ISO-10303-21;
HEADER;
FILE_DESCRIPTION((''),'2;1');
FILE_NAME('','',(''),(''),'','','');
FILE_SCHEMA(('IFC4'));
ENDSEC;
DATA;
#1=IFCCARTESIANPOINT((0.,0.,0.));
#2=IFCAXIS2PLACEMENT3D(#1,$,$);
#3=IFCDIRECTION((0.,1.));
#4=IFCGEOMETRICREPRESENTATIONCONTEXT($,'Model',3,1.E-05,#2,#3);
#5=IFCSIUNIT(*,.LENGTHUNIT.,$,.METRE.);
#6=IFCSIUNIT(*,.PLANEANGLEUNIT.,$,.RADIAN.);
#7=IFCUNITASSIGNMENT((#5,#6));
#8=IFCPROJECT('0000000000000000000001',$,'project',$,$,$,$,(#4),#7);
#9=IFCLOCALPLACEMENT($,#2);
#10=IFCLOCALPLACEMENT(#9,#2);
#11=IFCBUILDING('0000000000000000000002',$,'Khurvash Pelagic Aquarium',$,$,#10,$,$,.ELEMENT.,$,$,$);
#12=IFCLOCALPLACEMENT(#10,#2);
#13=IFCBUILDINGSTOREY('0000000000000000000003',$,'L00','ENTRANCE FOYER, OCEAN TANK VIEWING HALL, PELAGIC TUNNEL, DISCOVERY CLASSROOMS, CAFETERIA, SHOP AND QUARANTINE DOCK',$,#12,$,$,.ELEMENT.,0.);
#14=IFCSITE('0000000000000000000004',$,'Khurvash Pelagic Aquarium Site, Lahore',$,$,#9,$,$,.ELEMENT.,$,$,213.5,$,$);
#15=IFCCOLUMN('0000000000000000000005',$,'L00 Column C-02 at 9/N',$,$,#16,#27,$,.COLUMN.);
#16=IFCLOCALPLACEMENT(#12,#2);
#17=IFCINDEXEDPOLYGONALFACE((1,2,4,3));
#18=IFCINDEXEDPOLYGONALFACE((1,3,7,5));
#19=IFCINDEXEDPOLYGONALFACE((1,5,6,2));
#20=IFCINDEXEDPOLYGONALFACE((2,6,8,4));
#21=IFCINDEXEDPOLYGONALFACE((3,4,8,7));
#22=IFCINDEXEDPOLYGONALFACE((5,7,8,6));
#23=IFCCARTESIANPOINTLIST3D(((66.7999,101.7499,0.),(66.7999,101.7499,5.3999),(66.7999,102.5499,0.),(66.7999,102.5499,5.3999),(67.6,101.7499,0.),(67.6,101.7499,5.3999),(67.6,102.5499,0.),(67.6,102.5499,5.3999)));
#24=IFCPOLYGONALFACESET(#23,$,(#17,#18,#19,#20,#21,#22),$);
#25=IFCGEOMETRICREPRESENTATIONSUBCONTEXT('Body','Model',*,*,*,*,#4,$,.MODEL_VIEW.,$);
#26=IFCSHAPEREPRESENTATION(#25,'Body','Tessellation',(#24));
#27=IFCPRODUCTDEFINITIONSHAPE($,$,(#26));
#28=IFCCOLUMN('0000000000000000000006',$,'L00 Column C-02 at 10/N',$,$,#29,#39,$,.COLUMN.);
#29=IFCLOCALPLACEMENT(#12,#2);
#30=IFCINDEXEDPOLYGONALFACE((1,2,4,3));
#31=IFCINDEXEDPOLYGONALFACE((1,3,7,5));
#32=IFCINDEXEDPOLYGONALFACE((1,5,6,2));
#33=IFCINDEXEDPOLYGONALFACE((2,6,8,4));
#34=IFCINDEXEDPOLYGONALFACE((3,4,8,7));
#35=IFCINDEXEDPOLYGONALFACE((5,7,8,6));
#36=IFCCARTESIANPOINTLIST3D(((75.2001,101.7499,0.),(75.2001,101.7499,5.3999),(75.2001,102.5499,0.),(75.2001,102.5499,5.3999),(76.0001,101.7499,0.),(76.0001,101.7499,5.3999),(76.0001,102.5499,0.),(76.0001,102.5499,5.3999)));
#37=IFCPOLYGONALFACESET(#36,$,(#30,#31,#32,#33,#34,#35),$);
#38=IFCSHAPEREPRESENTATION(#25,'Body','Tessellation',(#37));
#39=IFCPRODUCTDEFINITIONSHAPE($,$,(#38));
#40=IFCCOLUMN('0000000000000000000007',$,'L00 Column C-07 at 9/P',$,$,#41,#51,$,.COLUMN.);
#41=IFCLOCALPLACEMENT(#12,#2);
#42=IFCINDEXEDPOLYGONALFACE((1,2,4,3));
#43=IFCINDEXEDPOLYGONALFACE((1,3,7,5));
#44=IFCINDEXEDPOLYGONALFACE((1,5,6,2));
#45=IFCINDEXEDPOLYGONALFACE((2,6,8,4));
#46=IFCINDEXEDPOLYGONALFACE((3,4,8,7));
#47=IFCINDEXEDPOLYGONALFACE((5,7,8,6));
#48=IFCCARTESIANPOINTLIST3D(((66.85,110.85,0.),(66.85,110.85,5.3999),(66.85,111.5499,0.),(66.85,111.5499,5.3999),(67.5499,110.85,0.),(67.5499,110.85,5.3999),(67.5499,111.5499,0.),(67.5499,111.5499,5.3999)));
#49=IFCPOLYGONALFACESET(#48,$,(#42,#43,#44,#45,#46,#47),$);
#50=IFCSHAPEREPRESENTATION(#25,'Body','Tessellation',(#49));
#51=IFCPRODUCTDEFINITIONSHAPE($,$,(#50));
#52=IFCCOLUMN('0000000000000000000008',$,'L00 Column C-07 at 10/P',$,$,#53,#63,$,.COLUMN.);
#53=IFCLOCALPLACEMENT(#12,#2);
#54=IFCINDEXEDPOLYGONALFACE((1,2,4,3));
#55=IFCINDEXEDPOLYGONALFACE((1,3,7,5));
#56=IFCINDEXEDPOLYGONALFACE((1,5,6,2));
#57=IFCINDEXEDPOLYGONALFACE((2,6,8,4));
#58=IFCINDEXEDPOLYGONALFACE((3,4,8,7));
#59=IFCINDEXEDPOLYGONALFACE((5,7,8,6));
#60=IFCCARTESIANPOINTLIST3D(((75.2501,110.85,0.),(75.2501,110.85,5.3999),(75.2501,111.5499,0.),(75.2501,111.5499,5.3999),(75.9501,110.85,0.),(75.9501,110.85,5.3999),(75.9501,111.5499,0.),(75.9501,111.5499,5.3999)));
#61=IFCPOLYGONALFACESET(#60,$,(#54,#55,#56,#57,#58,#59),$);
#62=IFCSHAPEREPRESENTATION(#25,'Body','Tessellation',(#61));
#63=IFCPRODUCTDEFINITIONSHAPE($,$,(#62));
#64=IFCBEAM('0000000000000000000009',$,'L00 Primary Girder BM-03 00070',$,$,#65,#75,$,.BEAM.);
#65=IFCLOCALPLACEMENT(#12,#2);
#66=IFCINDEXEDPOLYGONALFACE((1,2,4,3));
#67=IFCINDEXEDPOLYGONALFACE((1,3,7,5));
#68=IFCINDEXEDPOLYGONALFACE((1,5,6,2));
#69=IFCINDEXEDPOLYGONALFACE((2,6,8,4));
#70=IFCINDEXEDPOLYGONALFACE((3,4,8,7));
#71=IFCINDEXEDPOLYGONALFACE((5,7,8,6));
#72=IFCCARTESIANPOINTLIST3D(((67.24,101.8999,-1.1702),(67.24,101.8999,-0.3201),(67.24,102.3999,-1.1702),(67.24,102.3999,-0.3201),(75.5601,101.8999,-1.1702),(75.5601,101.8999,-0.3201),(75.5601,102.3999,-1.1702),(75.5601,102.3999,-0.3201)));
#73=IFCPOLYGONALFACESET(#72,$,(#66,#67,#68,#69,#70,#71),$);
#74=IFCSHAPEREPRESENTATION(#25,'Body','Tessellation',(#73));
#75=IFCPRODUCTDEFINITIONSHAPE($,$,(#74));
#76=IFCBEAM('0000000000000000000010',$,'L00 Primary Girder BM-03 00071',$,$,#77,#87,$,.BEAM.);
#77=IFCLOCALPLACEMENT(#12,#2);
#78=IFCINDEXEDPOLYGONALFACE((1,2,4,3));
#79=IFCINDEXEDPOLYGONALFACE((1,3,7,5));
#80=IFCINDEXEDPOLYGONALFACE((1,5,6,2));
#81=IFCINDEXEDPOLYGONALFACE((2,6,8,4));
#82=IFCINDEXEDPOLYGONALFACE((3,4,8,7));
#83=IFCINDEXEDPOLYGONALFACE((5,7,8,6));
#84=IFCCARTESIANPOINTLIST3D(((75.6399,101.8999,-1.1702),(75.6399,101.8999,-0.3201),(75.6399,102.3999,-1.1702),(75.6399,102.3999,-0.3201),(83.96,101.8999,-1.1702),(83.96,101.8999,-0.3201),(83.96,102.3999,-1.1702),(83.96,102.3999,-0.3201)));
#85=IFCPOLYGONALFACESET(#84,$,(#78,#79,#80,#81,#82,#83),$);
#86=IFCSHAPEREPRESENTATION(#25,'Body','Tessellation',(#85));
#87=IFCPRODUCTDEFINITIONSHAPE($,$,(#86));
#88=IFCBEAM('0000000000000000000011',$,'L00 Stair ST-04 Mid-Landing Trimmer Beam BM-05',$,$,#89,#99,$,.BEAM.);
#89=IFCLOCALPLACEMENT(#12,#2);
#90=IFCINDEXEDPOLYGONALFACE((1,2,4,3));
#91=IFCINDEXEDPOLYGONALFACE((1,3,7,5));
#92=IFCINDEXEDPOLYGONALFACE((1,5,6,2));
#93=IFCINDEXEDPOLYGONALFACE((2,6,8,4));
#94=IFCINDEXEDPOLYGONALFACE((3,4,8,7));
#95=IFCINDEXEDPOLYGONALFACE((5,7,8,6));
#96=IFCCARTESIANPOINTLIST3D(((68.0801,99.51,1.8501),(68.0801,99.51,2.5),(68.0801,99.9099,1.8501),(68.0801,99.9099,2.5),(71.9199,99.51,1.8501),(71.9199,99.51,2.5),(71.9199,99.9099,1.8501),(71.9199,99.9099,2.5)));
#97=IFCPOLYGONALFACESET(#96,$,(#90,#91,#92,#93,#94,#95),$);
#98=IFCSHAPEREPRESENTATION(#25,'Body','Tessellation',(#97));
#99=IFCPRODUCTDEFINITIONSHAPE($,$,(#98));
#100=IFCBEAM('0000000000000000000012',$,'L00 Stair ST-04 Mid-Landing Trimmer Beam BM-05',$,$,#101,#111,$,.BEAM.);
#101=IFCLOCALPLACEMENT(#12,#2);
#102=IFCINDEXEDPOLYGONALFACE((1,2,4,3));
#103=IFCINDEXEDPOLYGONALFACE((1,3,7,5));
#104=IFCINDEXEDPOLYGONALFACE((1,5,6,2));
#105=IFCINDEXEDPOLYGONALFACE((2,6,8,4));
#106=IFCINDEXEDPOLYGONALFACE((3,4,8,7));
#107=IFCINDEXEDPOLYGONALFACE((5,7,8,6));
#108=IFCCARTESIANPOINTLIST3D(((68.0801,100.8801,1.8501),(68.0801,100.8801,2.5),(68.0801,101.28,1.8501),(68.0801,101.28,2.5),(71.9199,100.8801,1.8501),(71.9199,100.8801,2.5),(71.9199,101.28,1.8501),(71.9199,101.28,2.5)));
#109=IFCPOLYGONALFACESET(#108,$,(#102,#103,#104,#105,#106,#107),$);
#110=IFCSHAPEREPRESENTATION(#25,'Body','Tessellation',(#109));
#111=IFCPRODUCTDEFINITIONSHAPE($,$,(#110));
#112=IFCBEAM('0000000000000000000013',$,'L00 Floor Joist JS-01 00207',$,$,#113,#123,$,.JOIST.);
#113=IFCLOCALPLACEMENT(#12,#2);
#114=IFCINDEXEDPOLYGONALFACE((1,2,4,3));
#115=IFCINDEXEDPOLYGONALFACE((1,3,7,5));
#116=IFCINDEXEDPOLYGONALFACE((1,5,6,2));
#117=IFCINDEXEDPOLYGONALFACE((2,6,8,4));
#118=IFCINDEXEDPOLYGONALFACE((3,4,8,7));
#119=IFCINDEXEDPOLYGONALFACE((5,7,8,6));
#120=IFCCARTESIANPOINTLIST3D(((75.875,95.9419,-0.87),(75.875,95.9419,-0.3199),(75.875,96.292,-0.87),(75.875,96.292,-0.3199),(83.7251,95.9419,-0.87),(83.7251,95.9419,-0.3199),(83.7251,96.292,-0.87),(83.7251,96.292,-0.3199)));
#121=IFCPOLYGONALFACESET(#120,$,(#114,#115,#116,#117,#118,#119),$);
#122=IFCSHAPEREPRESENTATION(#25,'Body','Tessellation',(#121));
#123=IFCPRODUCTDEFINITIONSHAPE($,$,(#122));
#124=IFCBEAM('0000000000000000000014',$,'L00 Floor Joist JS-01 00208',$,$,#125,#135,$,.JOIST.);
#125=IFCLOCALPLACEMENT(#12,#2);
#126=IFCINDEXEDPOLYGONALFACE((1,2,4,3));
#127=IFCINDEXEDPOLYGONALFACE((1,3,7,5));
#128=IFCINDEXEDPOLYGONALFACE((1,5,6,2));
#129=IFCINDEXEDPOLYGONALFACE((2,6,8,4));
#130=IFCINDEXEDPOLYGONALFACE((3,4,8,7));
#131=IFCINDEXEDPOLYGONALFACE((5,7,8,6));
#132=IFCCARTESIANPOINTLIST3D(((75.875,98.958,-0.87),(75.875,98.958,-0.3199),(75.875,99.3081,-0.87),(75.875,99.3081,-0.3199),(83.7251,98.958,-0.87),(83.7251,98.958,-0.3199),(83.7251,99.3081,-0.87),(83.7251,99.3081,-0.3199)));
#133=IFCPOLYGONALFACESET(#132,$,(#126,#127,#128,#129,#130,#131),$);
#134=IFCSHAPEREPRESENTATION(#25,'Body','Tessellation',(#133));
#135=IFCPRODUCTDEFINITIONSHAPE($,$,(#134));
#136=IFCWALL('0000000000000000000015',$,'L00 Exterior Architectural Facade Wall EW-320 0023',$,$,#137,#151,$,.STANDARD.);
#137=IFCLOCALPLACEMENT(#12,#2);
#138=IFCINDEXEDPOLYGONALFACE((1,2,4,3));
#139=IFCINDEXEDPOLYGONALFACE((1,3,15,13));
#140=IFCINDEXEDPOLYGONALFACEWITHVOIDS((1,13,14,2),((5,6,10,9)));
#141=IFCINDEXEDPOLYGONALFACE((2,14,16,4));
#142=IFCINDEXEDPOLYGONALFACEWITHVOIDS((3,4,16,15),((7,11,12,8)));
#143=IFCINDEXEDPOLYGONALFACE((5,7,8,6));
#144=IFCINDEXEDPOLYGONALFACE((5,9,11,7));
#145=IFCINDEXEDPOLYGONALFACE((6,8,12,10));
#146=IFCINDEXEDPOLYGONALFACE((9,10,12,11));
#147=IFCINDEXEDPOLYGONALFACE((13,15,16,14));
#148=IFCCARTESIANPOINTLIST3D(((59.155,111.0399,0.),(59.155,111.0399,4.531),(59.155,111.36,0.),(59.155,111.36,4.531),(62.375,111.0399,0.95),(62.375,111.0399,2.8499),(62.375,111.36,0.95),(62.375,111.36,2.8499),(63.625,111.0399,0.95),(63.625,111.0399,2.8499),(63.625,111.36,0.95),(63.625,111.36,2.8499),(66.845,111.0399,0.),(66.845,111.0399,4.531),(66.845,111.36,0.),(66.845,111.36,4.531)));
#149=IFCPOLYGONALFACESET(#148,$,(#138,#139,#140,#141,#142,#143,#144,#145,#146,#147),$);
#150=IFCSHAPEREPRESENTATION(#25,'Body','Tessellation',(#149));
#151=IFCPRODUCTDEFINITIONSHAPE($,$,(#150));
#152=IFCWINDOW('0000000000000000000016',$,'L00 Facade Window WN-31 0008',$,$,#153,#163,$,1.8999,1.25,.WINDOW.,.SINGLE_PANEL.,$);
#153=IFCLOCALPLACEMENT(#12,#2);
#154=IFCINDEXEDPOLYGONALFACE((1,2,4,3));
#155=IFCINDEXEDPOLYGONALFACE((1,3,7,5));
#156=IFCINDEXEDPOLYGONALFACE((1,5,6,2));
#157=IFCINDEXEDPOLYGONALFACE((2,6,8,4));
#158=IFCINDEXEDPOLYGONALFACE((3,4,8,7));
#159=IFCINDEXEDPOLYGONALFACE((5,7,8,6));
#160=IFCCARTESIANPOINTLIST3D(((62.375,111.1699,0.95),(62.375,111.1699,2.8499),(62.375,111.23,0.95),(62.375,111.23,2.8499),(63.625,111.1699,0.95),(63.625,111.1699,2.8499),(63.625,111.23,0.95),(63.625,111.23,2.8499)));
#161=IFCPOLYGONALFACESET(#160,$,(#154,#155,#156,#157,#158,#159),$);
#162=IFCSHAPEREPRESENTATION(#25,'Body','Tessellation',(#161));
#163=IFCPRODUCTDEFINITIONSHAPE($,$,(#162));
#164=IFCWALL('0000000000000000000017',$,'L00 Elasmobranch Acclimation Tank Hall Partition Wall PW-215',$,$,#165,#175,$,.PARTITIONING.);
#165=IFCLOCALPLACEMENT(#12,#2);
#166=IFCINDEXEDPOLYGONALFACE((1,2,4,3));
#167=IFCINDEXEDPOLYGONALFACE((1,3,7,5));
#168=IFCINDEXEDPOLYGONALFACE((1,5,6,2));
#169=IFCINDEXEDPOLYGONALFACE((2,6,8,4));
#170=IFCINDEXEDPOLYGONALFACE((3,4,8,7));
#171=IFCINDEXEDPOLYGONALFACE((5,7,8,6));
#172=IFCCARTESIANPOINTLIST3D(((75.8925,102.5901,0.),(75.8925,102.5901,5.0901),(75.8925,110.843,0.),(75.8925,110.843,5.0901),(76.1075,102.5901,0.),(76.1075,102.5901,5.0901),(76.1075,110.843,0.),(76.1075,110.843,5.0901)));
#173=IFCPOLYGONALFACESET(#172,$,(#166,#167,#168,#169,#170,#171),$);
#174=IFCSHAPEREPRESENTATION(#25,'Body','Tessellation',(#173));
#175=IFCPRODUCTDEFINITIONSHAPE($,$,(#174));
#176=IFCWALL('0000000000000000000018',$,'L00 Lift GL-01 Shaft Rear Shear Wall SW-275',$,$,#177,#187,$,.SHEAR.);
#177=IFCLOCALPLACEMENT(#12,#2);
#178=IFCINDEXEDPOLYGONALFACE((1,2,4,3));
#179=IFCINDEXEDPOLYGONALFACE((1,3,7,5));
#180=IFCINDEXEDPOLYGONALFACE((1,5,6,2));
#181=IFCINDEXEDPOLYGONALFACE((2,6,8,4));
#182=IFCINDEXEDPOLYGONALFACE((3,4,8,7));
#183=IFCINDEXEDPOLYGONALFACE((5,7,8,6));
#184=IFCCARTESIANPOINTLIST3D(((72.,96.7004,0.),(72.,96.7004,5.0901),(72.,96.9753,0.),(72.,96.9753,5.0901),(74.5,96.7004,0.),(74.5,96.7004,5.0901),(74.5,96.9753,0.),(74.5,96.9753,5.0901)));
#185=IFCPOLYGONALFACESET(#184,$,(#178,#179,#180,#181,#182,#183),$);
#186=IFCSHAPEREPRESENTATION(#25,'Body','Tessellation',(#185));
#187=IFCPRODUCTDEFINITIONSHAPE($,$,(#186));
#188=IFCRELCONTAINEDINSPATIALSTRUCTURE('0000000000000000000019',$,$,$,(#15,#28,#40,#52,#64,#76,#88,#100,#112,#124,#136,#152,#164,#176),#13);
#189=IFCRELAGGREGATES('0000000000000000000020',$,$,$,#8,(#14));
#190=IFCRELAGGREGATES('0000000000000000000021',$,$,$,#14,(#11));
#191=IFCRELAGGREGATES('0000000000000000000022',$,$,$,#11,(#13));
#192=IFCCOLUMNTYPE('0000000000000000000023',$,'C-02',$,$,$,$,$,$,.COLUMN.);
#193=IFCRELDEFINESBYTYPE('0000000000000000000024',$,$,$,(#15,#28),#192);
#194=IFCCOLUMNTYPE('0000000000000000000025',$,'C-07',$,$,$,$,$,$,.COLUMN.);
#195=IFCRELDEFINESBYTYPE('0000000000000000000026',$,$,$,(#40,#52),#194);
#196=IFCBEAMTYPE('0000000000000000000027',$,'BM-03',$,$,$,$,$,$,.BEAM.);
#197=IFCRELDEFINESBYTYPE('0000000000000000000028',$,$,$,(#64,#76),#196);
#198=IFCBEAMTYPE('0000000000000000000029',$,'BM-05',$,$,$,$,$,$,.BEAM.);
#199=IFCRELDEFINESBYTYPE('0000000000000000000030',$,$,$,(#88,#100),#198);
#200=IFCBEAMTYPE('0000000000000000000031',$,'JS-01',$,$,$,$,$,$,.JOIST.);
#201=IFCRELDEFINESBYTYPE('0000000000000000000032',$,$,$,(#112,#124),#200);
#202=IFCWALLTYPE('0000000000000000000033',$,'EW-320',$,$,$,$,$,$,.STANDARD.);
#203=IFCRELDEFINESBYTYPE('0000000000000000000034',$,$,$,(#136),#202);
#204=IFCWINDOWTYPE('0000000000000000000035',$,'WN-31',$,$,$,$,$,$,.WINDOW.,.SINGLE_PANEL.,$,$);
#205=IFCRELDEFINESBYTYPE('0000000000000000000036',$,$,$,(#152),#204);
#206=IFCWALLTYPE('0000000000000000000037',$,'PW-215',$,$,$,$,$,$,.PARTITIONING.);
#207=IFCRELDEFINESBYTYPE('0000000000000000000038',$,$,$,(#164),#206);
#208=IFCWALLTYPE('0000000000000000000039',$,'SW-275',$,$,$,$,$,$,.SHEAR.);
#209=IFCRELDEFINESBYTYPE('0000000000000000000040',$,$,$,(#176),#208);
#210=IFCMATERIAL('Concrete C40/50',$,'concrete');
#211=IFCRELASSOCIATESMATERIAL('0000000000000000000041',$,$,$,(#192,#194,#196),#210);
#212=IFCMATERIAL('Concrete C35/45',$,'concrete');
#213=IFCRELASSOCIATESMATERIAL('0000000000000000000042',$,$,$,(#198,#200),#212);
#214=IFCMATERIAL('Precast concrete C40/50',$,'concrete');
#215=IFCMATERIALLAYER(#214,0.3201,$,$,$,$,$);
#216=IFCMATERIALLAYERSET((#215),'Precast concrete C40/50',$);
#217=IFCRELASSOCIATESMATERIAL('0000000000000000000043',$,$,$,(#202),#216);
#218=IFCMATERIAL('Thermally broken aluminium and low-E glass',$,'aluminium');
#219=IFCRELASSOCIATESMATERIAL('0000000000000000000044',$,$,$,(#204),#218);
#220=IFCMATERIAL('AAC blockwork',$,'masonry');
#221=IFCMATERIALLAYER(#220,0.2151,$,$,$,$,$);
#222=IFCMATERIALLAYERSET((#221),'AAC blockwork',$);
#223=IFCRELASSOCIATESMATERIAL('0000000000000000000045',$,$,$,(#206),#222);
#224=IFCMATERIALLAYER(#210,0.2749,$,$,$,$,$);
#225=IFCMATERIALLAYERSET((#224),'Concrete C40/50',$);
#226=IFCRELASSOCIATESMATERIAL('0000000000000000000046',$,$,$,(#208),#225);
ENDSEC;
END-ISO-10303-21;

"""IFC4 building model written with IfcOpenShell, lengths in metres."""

from ifc_helpers import new_model, si_unit, direction, frame, frame_2d, origin, origin_2d, place, context, subcontext, project, spatial, rectangle, extrude, material, layer, layer_set, material_profile, profile_set, type_object, element, fill, save


model = new_model("IFC4")

# Units and contexts
model_context = context("Model", 3, precision=1e-05, world=origin(), true_north=direction((0.0, 1.0)))
body_context = subcontext(model_context, "Body", "Model", "MODEL_VIEW")
ifc_project = project(units=[si_unit("LENGTHUNIT", "METRE"), si_unit("PLANEANGLEUNIT", "RADIAN")], contexts=[model_context])

# Site, building, storey
site_placement = place(None, origin())
site = spatial("IfcSite", under=ifc_project, at=site_placement, Name="Khurvash Pelagic Aquarium Site, Lahore", CompositionType="ELEMENT", RefElevation=213.5)
building_placement = place(site_placement, origin())
building = spatial("IfcBuilding", under=site, at=building_placement, Name="Khurvash Pelagic Aquarium", CompositionType="ELEMENT")
storey_placement = place(building_placement, origin())
storey = spatial("IfcBuildingStorey", under=building, at=storey_placement, Name="L00", Description="ENTRANCE FOYER, OCEAN TANK VIEWING HALL, PELAGIC TUNNEL, DISCOVERY CLASSROOMS, CAFETERIA, SHOP AND QUARANTINE DOCK", CompositionType="ELEMENT", Elevation=0.0)

# Columns
ifc_material_1 = material(Name="Concrete C40/50", Category="concrete")
ifc_material_profile_1 = material_profile(ifc_material_1, rectangle(XDim=0.8, YDim=0.8, at=origin_2d()), Name="RC800X800")
ifc_profile_set_1 = profile_set([ifc_material_profile_1], Name="Concrete C40/50")
column_type_1 = type_object("IfcColumnType", Name="C-02", PredefinedType="COLUMN", material=ifc_profile_set_1)
for number, where, z_axis, x_axis, name in (
    (1, (67.2, 102.1499, 0.0), (0.0, 0.0, 1.0), (1.0, 0.0, 0.0), "L00 Column C-02 at 9/N"),
    (2, (75.6001, 102.1499, 0.0), (0.0, 0.0, 1.0), (1.0, 0.0, 0.0), "L00 Column C-02 at 10/N"),
):
    element("IfcColumn", number, at=place(storey_placement, frame(where, z_axis=z_axis, x_axis=x_axis)), inside=storey, type_object=column_type_1, Name=name, PredefinedType="COLUMN", context=body_context, shape_type="SweptSolid", body=[
        extrude(rectangle(XDim=0.8, YDim=0.8, at=origin_2d()), origin(), (0.0, 0.0, 1.0), 5.3999),
    ])
ifc_material_profile_2 = material_profile(ifc_material_1, rectangle(XDim=0.7, YDim=0.7, at=origin_2d()), Name="RC700X700")
ifc_profile_set_2 = profile_set([ifc_material_profile_2], Name="Concrete C40/50")
column_type_2 = type_object("IfcColumnType", Name="C-07", PredefinedType="COLUMN", material=ifc_profile_set_2)
for number, where, z_axis, x_axis, name in (
    (3, (67.2, 111.2, 0.0), (0.0, 0.0, 1.0), (1.0, 0.0, 0.0), "L00 Column C-07 at 9/P"),
    (4, (75.6001, 111.2, 0.0), (0.0, 0.0, 1.0), (1.0, 0.0, 0.0), "L00 Column C-07 at 10/P"),
):
    element("IfcColumn", number, at=place(storey_placement, frame(where, z_axis=z_axis, x_axis=x_axis)), inside=storey, type_object=column_type_2, Name=name, PredefinedType="COLUMN", context=body_context, shape_type="SweptSolid", body=[
        extrude(rectangle(XDim=0.7, YDim=0.7, at=origin_2d()), origin(), (0.0, 0.0, 1.0), 5.3999),
    ])

# Beams
ifc_material_profile_3 = material_profile(ifc_material_1, rectangle(XDim=0.5, YDim=0.8501, at=origin_2d()), Name="RC500X850")
ifc_profile_set_3 = profile_set([ifc_material_profile_3], Name="Concrete C40/50")
beam_type_1 = type_object("IfcBeamType", Name="BM-03", PredefinedType="BEAM", material=ifc_profile_set_3)
for number, where, z_axis, x_axis, name in (
    (5, (67.24, 102.1499, -0.7451), (1.0, 0.0, 0.0), (0.0, 1.0, 0.0), "L00 Primary Girder BM-03 00070"),
    (6, (75.6399, 102.1499, -0.7451), (1.0, 0.0, 0.0), (0.0, 1.0, 0.0), "L00 Primary Girder BM-03 00071"),
):
    element("IfcBeam", number, at=place(storey_placement, frame(where, z_axis=z_axis, x_axis=x_axis)), inside=storey, type_object=beam_type_1, Name=name, PredefinedType="BEAM", context=body_context, shape_type="SweptSolid", body=[
        extrude(rectangle(XDim=0.5, YDim=0.8501, at=origin_2d()), origin(), (0.0, 0.0, 1.0), 8.3201),
    ])
ifc_material_2 = material(Name="Concrete C35/45", Category="concrete")
ifc_material_profile_4 = material_profile(ifc_material_2, rectangle(XDim=0.3999, YDim=0.6499, at=origin_2d()), Name="RC400X650")
ifc_profile_set_4 = profile_set([ifc_material_profile_4], Name="Concrete C35/45")
beam_type_2 = type_object("IfcBeamType", Name="BM-05", PredefinedType="BEAM", material=ifc_profile_set_4)
for number, where, z_axis, x_axis, name in (
    (7, (68.0801, 99.71, 2.175), (1.0, 0.0, 0.0), (0.0, 1.0, 0.0), "L00 Stair ST-04 Mid-Landing Trimmer Beam BM-05"),
    (8, (68.0801, 101.0801, 2.175), (1.0, 0.0, 0.0), (0.0, 1.0, 0.0), "L00 Stair ST-04 Mid-Landing Trimmer Beam BM-05"),
):
    element("IfcBeam", number, at=place(storey_placement, frame(where, z_axis=z_axis, x_axis=x_axis)), inside=storey, type_object=beam_type_2, Name=name, PredefinedType="BEAM", context=body_context, shape_type="SweptSolid", body=[
        extrude(rectangle(XDim=0.3999, YDim=0.6499, at=origin_2d()), origin(), (0.0, 0.0, 1.0), 3.8398),
    ])
ifc_material_profile_5 = material_profile(ifc_material_2, rectangle(XDim=0.3501, YDim=0.55, at=origin_2d()), Name="RC350X550")
ifc_profile_set_5 = profile_set([ifc_material_profile_5], Name="Concrete C35/45")
beam_type_3 = type_object("IfcBeamType", Name="JS-01", PredefinedType="JOIST", material=ifc_profile_set_5)
for number, where, z_axis, x_axis, name in (
    (9, (75.875, 96.1169, -0.595), (1.0, 0.0, 0.0), (0.0, 1.0, 0.0), "L00 Floor Joist JS-01 00207"),
    (10, (75.875, 99.1331, -0.595), (1.0, 0.0, 0.0), (0.0, 1.0, 0.0), "L00 Floor Joist JS-01 00208"),
):
    element("IfcBeam", number, at=place(storey_placement, frame(where, z_axis=z_axis, x_axis=x_axis)), inside=storey, type_object=beam_type_3, Name=name, PredefinedType="JOIST", context=body_context, shape_type="SweptSolid", body=[
        extrude(rectangle(XDim=0.3501, YDim=0.55, at=origin_2d()), origin(), (0.0, 0.0, 1.0), 7.8501),
    ])

# Shared definitions
ifc_material_3 = material(Name="Precast concrete C40/50", Category="concrete")
ifc_layer_1 = layer(ifc_material_3, 0.3201)
ifc_layer_set_1 = layer_set([ifc_layer_1], Name="Precast concrete C40/50")
wall_type_1 = type_object("IfcWallType", Name="EW-320", PredefinedType="STANDARD", material=ifc_layer_set_1)

# Wall, opening, window
wall_1_placement = place(storey_placement, frame((66.845, 111.2, 0.0), z_axis=(0.0, 0.0, 1.0), x_axis=(-1.0, 0.0, 0.0)))
wall_1 = element("IfcWall", 11, at=wall_1_placement, inside=storey, type_object=wall_type_1, Name="L00 Exterior Architectural Facade Wall EW-320 0023", PredefinedType="STANDARD", context=body_context, shape_type="SweptSolid", body=[
    extrude(rectangle(XDim=7.6899, YDim=0.3201, at=frame_2d((3.845, 0.0))), origin(), (0.0, 0.0, 1.0), 4.531),
])
opening_1_placement = place(wall_1_placement, frame((3.22, 0.0, 0.95)))
opening_1 = element("IfcOpeningElement", 12, at=opening_1_placement, cuts=wall_1, PredefinedType="OPENING", context=body_context, shape_type="SweptSolid", body=[
    extrude(rectangle(XDim=1.25, YDim=1.8999, at=frame_2d((0.625, 0.95))), frame((0.0, 0.1699, 0.0), z_axis=(0.0, -1.0, 0.0), x_axis=(1.0, 0.0, 0.0)), (0.0, 0.0, 1.0), 0.3401),
])
ifc_material_4 = material(Name="Thermally broken aluminium and low-E glass", Category="aluminium")
window_type = type_object("IfcWindowType", Name="WN-31", PartitioningType="SINGLE_PANEL", PredefinedType="WINDOW", material=ifc_material_4)
window_placement = place(opening_1_placement, origin())
window = element("IfcWindow", 13, at=window_placement, inside=storey, type_object=window_type, Name="L00 Facade Window WN-31 0008", OverallHeight=1.8999, OverallWidth=1.25, PartitioningType="SINGLE_PANEL", PredefinedType="WINDOW", context=body_context, shape_type="SweptSolid", body=[
    extrude(rectangle(XDim=1.25, YDim=1.8999, at=frame_2d((0.625, 0.95))), frame((0.0, 0.03, 0.0), z_axis=(0.0, -1.0, 0.0), x_axis=(1.0, 0.0, 0.0)), (0.0, 0.0, 1.0), 0.0601),
])
fill(opening_1, window)

# Walls
ifc_material_5 = material(Name="AAC blockwork", Category="masonry")
ifc_layer_2 = layer(ifc_material_5, 0.2151)
ifc_layer_set_2 = layer_set([ifc_layer_2], Name="AAC blockwork")
wall_type_2 = type_object("IfcWallType", Name="PW-215", PredefinedType="PARTITIONING", material=ifc_layer_set_2)
wall_2_placement = place(storey_placement, frame((76.0, 102.5901, 0.0), z_axis=(0.0, 0.0, 1.0), x_axis=(0.0, 1.0, 0.0)))
element("IfcWall", 14, at=wall_2_placement, inside=storey, type_object=wall_type_2, Name="L00 Elasmobranch Acclimation Tank Hall Partition Wall PW-215", PredefinedType="PARTITIONING", context=body_context, shape_type="SweptSolid", body=[
    extrude(rectangle(XDim=8.2529, YDim=0.2151, at=frame_2d((4.1265, 0.0))), origin(), (0.0, 0.0, 1.0), 5.0901),
])
ifc_layer_3 = layer(ifc_material_1, 0.2749)
ifc_layer_set_3 = layer_set([ifc_layer_3], Name="Concrete C40/50")
wall_type_3 = type_object("IfcWallType", Name="SW-275", PredefinedType="SHEAR", material=ifc_layer_set_3)
wall_3_placement = place(storey_placement, frame((72.0, 96.8379, 0.0), z_axis=(0.0, 0.0, 1.0), x_axis=(1.0, 0.0, 0.0)))
element("IfcWall", 15, at=wall_3_placement, inside=storey, type_object=wall_type_3, Name="L00 Lift GL-01 Shaft Rear Shear Wall SW-275", PredefinedType="SHEAR", context=body_context, shape_type="SweptSolid", body=[
    extrude(rectangle(XDim=2.5, YDim=0.2749, at=frame_2d((1.25, 0.0))), origin(), (0.0, 0.0, 1.0), 5.0901),
])

save(model, "model.ifc")
